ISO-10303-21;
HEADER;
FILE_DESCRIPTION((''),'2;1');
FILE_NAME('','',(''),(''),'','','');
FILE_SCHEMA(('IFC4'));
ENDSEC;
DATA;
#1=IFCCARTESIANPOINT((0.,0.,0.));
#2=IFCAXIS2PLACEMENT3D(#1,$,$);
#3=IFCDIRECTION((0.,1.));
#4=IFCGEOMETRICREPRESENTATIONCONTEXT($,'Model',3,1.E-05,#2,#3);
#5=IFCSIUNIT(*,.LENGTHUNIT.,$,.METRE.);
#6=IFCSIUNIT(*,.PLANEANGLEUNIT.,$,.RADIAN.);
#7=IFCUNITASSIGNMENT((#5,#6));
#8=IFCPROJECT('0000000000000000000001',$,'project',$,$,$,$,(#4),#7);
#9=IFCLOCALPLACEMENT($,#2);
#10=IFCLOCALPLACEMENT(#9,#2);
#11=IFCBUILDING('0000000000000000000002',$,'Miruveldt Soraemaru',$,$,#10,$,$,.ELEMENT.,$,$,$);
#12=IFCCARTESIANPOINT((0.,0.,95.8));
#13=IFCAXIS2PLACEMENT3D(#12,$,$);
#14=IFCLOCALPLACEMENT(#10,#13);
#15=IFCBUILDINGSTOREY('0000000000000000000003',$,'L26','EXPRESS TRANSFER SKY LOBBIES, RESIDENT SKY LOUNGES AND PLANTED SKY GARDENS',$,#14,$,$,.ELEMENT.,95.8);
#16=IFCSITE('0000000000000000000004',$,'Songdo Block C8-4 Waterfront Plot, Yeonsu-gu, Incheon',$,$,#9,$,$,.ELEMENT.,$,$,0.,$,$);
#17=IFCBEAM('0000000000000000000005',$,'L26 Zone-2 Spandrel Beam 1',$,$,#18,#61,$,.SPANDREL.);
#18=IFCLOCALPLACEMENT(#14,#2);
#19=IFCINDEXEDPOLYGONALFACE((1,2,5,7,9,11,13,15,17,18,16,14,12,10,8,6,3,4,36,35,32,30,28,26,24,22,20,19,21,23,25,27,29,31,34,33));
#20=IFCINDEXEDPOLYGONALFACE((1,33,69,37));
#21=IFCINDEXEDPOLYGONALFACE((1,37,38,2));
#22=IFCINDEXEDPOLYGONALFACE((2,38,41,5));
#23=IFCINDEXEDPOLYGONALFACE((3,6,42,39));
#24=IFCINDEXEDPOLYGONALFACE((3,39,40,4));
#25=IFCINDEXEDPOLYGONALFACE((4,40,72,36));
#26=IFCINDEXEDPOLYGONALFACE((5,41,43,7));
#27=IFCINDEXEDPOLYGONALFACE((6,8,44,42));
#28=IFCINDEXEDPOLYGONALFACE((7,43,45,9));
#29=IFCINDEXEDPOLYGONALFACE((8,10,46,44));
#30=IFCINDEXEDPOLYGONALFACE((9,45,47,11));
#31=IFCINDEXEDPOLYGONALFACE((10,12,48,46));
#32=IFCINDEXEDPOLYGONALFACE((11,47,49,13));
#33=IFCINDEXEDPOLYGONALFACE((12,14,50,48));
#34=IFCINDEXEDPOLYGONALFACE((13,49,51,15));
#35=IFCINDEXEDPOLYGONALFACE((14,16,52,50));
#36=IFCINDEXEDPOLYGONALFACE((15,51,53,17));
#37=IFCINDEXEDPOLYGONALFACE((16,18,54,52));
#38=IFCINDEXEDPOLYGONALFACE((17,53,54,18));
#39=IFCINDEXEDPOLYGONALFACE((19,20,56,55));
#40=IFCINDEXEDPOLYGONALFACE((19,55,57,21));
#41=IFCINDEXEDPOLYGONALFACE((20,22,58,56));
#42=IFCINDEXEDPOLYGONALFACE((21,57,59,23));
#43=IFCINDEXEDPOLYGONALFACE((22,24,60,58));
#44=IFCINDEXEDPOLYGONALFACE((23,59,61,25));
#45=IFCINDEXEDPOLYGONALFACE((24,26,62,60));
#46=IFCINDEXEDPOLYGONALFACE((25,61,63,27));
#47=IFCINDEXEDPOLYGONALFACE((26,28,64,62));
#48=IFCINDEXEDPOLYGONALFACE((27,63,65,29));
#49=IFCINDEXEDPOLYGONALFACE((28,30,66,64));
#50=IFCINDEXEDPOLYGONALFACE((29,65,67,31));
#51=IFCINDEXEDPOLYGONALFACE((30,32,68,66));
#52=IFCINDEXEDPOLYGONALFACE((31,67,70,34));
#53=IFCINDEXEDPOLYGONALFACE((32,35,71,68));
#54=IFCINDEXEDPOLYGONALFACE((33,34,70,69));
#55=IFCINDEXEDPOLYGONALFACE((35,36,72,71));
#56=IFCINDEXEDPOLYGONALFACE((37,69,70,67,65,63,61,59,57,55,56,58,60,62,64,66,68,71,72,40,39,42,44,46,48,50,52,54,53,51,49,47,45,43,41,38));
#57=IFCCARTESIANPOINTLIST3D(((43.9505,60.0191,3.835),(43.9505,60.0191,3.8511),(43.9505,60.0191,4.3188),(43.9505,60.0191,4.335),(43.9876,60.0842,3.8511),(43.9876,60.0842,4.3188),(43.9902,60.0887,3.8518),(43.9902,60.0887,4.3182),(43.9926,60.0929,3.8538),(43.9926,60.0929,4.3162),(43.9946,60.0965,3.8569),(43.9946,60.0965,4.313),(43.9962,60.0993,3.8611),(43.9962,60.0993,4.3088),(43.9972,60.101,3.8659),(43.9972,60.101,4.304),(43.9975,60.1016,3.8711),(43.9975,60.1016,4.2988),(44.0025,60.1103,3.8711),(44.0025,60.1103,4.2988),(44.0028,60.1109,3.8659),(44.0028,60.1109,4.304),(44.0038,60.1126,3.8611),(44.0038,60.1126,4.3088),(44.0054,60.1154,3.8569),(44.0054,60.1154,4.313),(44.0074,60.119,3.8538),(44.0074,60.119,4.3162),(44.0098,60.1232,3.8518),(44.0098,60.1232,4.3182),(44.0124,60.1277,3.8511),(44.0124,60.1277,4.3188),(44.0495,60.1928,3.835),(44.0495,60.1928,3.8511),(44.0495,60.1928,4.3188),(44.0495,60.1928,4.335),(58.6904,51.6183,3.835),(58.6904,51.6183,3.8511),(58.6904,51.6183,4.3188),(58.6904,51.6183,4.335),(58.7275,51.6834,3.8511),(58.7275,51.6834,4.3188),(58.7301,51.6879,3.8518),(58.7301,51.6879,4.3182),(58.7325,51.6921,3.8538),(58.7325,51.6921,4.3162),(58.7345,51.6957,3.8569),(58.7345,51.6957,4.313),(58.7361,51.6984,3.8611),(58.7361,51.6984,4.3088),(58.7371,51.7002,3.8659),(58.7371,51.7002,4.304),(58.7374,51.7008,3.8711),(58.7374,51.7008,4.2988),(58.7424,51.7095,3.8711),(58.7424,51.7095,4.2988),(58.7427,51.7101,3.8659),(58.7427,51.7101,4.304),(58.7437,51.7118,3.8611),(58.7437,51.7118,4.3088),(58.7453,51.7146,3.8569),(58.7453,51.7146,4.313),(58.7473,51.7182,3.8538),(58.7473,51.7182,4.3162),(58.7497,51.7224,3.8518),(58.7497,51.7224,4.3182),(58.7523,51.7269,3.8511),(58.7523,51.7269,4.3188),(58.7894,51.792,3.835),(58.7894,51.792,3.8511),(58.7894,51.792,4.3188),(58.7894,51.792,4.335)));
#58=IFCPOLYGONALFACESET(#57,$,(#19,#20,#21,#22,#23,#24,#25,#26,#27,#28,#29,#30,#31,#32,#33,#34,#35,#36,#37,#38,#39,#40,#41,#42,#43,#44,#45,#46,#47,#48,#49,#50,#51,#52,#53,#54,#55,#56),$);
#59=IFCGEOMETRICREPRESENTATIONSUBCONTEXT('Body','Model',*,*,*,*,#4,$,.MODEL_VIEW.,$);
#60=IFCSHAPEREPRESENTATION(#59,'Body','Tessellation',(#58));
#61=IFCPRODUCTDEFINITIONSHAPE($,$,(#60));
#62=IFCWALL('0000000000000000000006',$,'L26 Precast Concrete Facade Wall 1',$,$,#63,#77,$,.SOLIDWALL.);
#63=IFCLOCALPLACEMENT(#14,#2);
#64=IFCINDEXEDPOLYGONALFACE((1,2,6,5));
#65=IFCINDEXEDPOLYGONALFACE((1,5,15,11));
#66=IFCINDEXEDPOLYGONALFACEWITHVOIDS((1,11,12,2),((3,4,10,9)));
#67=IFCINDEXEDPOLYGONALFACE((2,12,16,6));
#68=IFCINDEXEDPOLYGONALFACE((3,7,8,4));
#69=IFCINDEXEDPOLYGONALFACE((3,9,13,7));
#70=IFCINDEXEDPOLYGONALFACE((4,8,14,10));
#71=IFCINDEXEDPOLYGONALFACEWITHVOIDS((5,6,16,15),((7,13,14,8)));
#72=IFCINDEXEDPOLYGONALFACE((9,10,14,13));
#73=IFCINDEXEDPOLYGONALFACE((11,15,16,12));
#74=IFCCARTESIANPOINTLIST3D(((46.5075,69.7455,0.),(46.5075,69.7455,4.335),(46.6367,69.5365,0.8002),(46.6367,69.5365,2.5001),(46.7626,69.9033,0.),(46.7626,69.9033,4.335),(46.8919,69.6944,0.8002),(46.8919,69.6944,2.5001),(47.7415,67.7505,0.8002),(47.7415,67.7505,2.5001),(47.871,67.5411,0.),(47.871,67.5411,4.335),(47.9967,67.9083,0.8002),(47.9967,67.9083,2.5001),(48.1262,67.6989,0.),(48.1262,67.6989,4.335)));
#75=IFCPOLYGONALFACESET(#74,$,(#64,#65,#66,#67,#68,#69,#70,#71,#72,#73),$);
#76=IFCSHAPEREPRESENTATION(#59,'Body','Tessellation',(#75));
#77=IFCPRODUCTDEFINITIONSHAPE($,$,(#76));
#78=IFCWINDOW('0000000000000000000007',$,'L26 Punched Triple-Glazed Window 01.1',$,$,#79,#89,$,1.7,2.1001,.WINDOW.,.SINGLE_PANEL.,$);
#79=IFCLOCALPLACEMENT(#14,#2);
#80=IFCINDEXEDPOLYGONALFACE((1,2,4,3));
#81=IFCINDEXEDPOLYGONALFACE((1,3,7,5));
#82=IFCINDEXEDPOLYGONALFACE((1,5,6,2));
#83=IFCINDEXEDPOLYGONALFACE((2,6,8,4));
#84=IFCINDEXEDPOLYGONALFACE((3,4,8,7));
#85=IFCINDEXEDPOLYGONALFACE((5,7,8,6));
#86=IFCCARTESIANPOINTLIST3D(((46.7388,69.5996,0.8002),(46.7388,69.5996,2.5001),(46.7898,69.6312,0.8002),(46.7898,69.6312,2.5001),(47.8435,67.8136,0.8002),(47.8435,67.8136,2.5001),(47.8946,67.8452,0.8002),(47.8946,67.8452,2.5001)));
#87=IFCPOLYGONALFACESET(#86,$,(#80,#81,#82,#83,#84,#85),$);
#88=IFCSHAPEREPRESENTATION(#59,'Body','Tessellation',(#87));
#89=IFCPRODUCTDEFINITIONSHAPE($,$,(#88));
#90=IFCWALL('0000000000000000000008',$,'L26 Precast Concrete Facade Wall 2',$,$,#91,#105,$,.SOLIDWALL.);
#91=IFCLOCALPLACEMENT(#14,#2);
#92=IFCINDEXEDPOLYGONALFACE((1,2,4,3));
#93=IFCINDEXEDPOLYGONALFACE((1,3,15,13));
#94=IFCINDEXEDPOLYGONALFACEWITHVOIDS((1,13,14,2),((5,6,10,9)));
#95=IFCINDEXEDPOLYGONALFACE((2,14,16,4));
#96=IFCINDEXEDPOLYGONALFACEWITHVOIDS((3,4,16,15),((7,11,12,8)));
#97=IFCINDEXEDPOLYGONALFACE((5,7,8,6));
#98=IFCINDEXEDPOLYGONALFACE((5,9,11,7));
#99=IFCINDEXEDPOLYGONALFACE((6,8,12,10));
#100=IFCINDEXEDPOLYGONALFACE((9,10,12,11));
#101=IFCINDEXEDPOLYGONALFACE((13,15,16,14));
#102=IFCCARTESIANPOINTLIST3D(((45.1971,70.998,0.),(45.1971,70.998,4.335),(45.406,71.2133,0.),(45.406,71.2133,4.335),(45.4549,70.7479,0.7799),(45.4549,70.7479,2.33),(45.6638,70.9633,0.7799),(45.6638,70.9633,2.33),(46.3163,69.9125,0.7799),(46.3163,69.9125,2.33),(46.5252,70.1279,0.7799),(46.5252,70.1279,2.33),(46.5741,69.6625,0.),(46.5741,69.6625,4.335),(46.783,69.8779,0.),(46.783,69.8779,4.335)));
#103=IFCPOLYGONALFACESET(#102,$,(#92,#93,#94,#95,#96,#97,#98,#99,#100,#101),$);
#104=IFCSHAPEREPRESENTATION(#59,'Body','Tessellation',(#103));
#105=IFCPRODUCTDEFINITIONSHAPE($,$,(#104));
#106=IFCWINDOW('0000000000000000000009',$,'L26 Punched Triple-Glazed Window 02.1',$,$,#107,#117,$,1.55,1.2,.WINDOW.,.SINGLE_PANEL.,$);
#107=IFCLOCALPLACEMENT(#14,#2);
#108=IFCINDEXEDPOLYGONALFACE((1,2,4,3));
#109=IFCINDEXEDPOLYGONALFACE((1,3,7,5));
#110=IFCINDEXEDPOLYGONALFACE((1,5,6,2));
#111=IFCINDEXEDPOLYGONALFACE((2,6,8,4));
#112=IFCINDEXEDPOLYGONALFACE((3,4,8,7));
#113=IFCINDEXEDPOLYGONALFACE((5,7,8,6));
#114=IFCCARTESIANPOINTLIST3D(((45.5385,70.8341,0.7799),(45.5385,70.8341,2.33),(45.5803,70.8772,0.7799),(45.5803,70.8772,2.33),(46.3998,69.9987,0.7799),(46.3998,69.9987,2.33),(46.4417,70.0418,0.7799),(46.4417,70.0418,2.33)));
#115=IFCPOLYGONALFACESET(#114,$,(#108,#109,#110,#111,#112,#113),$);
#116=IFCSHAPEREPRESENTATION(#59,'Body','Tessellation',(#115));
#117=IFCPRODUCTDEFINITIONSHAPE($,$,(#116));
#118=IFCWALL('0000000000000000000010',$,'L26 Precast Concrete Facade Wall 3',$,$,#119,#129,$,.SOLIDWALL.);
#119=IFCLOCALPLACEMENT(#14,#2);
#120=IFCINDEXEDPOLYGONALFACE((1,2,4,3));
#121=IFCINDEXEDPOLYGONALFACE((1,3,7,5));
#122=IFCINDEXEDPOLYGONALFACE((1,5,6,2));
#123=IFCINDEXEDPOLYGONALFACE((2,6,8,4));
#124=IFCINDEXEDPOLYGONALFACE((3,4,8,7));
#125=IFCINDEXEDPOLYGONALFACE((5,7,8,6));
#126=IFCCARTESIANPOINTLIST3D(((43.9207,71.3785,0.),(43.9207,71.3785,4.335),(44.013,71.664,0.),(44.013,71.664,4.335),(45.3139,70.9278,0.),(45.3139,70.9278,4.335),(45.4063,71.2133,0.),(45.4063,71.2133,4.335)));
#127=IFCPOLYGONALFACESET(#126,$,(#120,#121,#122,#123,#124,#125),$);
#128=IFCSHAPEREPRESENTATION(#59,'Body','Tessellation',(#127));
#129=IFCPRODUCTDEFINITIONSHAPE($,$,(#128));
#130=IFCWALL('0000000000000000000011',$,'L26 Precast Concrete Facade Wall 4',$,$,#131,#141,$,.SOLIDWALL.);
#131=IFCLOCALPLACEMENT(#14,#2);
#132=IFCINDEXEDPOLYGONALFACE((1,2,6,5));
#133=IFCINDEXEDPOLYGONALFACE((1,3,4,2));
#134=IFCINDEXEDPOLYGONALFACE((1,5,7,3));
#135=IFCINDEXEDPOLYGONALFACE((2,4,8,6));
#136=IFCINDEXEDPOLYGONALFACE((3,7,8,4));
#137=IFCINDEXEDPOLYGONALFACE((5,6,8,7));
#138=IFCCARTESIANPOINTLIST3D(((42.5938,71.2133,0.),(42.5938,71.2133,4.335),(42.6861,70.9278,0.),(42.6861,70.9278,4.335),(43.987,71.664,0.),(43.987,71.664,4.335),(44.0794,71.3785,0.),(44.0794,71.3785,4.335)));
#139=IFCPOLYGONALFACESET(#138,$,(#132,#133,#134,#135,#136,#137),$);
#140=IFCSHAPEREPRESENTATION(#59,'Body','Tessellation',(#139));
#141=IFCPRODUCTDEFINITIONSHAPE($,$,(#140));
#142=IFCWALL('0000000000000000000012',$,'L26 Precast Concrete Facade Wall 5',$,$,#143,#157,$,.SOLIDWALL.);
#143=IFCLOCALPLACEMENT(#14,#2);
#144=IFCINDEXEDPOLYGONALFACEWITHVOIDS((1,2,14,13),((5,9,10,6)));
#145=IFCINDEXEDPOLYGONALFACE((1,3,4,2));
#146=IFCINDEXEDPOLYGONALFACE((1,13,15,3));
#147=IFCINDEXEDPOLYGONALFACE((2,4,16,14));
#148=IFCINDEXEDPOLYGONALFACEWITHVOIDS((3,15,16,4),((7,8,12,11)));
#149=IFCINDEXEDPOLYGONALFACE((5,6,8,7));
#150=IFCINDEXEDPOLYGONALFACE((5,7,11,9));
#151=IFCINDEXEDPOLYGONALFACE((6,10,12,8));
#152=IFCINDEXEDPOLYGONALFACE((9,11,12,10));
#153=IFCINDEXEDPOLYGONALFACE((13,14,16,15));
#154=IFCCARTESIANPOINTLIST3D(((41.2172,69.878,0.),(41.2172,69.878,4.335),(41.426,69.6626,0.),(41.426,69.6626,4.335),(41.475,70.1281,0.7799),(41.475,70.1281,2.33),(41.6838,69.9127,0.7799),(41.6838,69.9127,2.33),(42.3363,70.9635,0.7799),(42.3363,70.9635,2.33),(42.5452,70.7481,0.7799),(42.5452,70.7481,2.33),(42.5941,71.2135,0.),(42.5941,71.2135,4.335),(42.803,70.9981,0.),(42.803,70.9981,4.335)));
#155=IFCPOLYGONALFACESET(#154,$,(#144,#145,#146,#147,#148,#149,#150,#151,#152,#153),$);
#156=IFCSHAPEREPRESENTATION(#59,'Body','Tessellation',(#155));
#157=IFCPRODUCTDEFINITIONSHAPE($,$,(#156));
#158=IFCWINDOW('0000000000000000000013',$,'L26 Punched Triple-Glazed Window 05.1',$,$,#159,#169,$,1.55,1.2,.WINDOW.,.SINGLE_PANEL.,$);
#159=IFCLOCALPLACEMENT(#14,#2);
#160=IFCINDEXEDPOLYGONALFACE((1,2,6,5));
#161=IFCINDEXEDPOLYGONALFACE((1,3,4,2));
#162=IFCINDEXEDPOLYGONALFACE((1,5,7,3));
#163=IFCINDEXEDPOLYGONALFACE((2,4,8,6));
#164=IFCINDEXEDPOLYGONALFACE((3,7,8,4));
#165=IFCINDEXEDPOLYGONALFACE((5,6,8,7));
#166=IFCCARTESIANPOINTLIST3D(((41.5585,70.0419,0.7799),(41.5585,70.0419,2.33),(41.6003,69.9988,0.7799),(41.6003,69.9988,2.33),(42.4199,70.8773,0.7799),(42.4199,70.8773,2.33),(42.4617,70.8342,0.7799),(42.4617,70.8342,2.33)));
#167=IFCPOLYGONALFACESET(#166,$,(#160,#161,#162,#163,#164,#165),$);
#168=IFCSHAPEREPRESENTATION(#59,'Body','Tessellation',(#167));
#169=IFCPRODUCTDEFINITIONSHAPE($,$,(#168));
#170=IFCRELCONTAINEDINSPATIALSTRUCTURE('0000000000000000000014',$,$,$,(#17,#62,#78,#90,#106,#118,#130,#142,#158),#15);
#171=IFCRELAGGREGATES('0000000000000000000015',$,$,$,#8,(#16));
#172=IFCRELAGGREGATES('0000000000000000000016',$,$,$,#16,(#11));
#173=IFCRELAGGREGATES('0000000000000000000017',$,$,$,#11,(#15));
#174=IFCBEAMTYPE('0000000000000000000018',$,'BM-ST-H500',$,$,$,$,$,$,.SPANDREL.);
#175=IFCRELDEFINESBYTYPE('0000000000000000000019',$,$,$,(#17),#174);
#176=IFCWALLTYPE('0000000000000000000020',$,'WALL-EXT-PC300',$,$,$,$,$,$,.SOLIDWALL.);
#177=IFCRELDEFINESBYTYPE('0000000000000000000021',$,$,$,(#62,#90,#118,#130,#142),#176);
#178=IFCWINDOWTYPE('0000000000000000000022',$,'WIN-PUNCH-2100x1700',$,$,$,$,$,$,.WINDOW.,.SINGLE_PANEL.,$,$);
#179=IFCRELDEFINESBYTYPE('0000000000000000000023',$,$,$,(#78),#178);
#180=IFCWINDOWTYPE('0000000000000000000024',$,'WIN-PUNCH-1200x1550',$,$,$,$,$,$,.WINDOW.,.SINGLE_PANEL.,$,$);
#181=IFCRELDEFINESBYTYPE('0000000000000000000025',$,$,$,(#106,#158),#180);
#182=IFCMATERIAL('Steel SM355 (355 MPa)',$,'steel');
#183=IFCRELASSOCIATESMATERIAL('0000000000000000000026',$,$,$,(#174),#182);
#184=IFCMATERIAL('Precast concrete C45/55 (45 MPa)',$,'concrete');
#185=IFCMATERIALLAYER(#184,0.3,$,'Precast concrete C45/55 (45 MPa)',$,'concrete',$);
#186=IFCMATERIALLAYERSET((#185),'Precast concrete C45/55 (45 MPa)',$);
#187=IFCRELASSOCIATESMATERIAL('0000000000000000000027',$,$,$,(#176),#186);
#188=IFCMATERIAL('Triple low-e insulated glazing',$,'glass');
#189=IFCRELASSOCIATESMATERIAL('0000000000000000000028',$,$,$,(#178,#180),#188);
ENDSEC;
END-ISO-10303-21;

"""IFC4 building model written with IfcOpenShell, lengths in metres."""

from ifc_helpers import new_model, si_unit, direction, frame, frame_2d, origin, origin_2d, place, context, subcontext, project, spatial, rectangle, i_section, extrude, material, layer, layer_set, material_profile, profile_set, type_object, element, fill, save


model = new_model("IFC4")

# Units and contexts
model_context = context("Model", 3, precision=1e-05, world=origin(), true_north=direction((0.0, 1.0)))
body_context = subcontext(model_context, "Body", "Model", "MODEL_VIEW")
ifc_project = project(units=[si_unit("LENGTHUNIT", "METRE"), si_unit("PLANEANGLEUNIT", "RADIAN")], contexts=[model_context])

# Site, building, storey
site_placement = place(None, origin())
site = spatial("IfcSite", under=ifc_project, at=site_placement, Name="Songdo Block C8-4 Waterfront Plot, Yeonsu-gu, Incheon", CompositionType="ELEMENT", RefElevation=0.0)
building_placement = place(site_placement, origin())
building = spatial("IfcBuilding", under=site, at=building_placement, Name="Miruveldt Soraemaru", CompositionType="ELEMENT")
storey_placement = place(building_placement, frame((0.0, 0.0, 95.8)))
storey = spatial("IfcBuildingStorey", under=building, at=storey_placement, Name="L26", Description="EXPRESS TRANSFER SKY LOBBIES, RESIDENT SKY LOUNGES AND PLANTED SKY GARDENS", CompositionType="ELEMENT", Elevation=95.8)

# Beam
ifc_material_1 = material(Name="Steel SM355 (355 MPa)", Category="steel")
ifc_material_profile_1 = material_profile(ifc_material_1, i_section(OverallWidth=0.2, OverallDepth=0.5, WebThickness=0.01, FlangeThickness=0.0161, FilletRadius=0.02, at=origin_2d()), Name="Steel SM355 (355 MPa)", Category="steel")
ifc_profile_set_1 = profile_set([ifc_material_profile_1], Name="Steel SM355 (355 MPa)")
beam_type_1 = type_object("IfcBeamType", Name="BM-ST-H500", PredefinedType="SPANDREL", material=ifc_profile_set_1)
beam_1_placement = place(storey_placement, frame((44.0, 60.106, 4.085), z_axis=(0.8688, -0.495162, 0.0), x_axis=(0.495162, 0.8688, 0.0)))
element("IfcBeam", 1, at=beam_1_placement, inside=storey, type_object=beam_type_1, Name="L26 Zone-2 Spandrel Beam 1", PredefinedType="SPANDREL", context=body_context, shape_type="SweptSolid", body=[
    extrude(i_section(OverallWidth=0.2, OverallDepth=0.5, WebThickness=0.01, FlangeThickness=0.0161, FilletRadius=0.02, at=origin_2d()), origin(), (0.0, 0.0, 1.0), 16.9658),
])

# Walls, openings, windows
ifc_material_2 = material(Name="Precast concrete C45/55 (45 MPa)", Category="concrete")
ifc_layer_1 = layer(ifc_material_2, 0.3, Name="Precast concrete C45/55 (45 MPa)", Category="concrete")
ifc_layer_set_1 = layer_set([ifc_layer_1], Name="Precast concrete C45/55 (45 MPa)")
wall_type_1 = type_object("IfcWallType", Name="WALL-EXT-PC300", PredefinedType="SOLIDWALL", material=ifc_layer_set_1)
wall_1_placement = place(storey_placement, frame((47.9985, 67.6201, 0.0), z_axis=(0.0, 0.0, 1.0), x_axis=(-0.526056, 0.85045, 0.0)))
wall_1 = element("IfcWall", 2, at=wall_1_placement, inside=storey, type_object=wall_type_1, Name="L26 Precast Concrete Facade Wall 1", PredefinedType="SOLIDWALL", context=body_context, shape_type="SweptSolid", body=[
    extrude(rectangle(XDim=2.592, YDim=0.3, at=frame_2d((1.2959, 0.0))), origin(), (0.0, 0.0, 1.0), 4.335),
])
opening_1_placement = place(wall_1_placement, frame((0.2461, 0.0, 0.8)))
opening_1 = element("IfcOpeningElement", 3, at=opening_1_placement, cuts=wall_1, PredefinedType="OPENING", context=body_context, shape_type="SweptSolid", body=[
    extrude(rectangle(XDim=2.1001, YDim=1.7, at=frame_2d((1.05, 0.8501))), frame((0.0, 0.1602, 0.0), z_axis=(0.0, -1.0, 0.0), x_axis=(1.0, 0.0, 0.0)), (0.0, 0.0, 1.0), 0.3201),
])
ifc_material_3 = material(Name="Triple low-e insulated glazing", Category="glass")
window_type_1 = type_object("IfcWindowType", Name="WIN-PUNCH-2100x1700", PartitioningType="SINGLE_PANEL", PredefinedType="WINDOW", material=ifc_material_3)
window_1_placement = place(opening_1_placement, origin())
window_1 = element("IfcWindow", 4, at=window_1_placement, inside=storey, type_object=window_type_1, Name="L26 Punched Triple-Glazed Window 01.1", OverallHeight=1.7, OverallWidth=2.1001, PartitioningType="SINGLE_PANEL", PredefinedType="WINDOW", context=body_context, shape_type="SweptSolid", body=[
    extrude(rectangle(XDim=2.1001, YDim=1.7, at=frame_2d((1.05, 0.8501))), frame((0.0, 0.03, 0.0), z_axis=(0.0, -1.0, 0.0), x_axis=(1.0, 0.0, 0.0)), (0.0, 0.0, 1.0), 0.0601),
])
fill(opening_1, window_1)
wall_2_placement = place(storey_placement, frame((46.6785, 69.7703, 0.0), z_axis=(0.0, 0.0, 1.0), x_axis=(-0.717843, 0.696205, 0.0)))
wall_2 = element("IfcWall", 5, at=wall_2_placement, inside=storey, type_object=wall_type_1, Name="L26 Precast Concrete Facade Wall 2", PredefinedType="SOLIDWALL", context=body_context, shape_type="SweptSolid", body=[
    extrude(rectangle(XDim=1.9182, YDim=0.3, at=frame_2d((0.959, 0.0))), origin(), (0.0, 0.0, 1.0), 4.335),
])
opening_2_placement = place(wall_2_placement, frame((0.3589, 0.0, 0.78)))
opening_2 = element("IfcOpeningElement", 6, at=opening_2_placement, cuts=wall_2, PredefinedType="OPENING", context=body_context, shape_type="SweptSolid", body=[
    extrude(rectangle(XDim=1.2, YDim=1.55, at=frame_2d((0.6001, 0.7749))), frame((0.0, 0.1602, 0.0), z_axis=(0.0, -1.0, 0.0), x_axis=(1.0, 0.0, 0.0)), (0.0, 0.0, 1.0), 0.3201),
])
window_type_2 = type_object("IfcWindowType", Name="WIN-PUNCH-1200x1550", PartitioningType="SINGLE_PANEL", PredefinedType="WINDOW", material=ifc_material_3)
window_2_placement = place(opening_2_placement, origin())
window_2 = element("IfcWindow", 7, at=window_2_placement, inside=storey, type_object=window_type_2, Name="L26 Punched Triple-Glazed Window 02.1", OverallHeight=1.55, OverallWidth=1.2, PartitioningType="SINGLE_PANEL", PredefinedType="WINDOW", context=body_context, shape_type="SweptSolid", body=[
    extrude(rectangle(XDim=1.2, YDim=1.55, at=frame_2d((0.6001, 0.7749))), frame((0.0, 0.03, 0.0), z_axis=(0.0, -1.0, 0.0), x_axis=(1.0, 0.0, 0.0)), (0.0, 0.0, 1.0), 0.0601),
])
fill(opening_2, window_2)

# Walls
for number, where, z_axis, x_axis, name in (
    (8, (45.3601, 71.0706, 0.0), (0.0, 0.0, 1.0), (-0.951463, 0.307763, 0.0), "L26 Precast Concrete Facade Wall 3"),
    (9, (44.0332, 71.5212, 0.0), (0.0, 0.0, 1.0), (-0.951463, -0.307763, 0.0), "L26 Precast Concrete Facade Wall 4"),
):
    element("IfcWall", number, at=place(storey_placement, frame(where, z_axis=z_axis, x_axis=x_axis)), inside=storey, type_object=wall_type_1, Name=name, PredefinedType="SOLIDWALL", context=body_context, shape_type="SweptSolid", body=[
        extrude(rectangle(XDim=1.4644, YDim=0.3, at=frame_2d((0.7322, 0.0))), origin(), (0.0, 0.0, 1.0), 4.335),
    ])

# Wall, opening, window
wall_3_placement = place(storey_placement, frame((42.6985, 71.1057, 0.0), z_axis=(0.0, 0.0, 1.0), x_axis=(-0.717843, -0.696205, 0.0)))
wall_3 = element("IfcWall", 10, at=wall_3_placement, inside=storey, type_object=wall_type_1, Name="L26 Precast Concrete Facade Wall 5", PredefinedType="SOLIDWALL", context=body_context, shape_type="SweptSolid", body=[
    extrude(rectangle(XDim=1.9182, YDim=0.3, at=frame_2d((0.959, 0.0))), origin(), (0.0, 0.0, 1.0), 4.335),
])
opening_3_placement = place(wall_3_placement, frame((0.3589, 0.0, 0.78)))
opening_3 = element("IfcOpeningElement", 11, at=opening_3_placement, cuts=wall_3, PredefinedType="OPENING", context=body_context, shape_type="SweptSolid", body=[
    extrude(rectangle(XDim=1.2, YDim=1.55, at=frame_2d((0.6001, 0.7749))), frame((0.0, 0.1602, 0.0), z_axis=(0.0, -1.0, 0.0), x_axis=(1.0, 0.0, 0.0)), (0.0, 0.0, 1.0), 0.3201),
])
window_3_placement = place(opening_3_placement, origin())
window_3 = element("IfcWindow", 12, at=window_3_placement, inside=storey, type_object=window_type_2, Name="L26 Punched Triple-Glazed Window 05.1", OverallHeight=1.55, OverallWidth=1.2, PartitioningType="SINGLE_PANEL", PredefinedType="WINDOW", context=body_context, shape_type="SweptSolid", body=[
    extrude(rectangle(XDim=1.2, YDim=1.55, at=frame_2d((0.6001, 0.7749))), frame((0.0, 0.03, 0.0), z_axis=(0.0, -1.0, 0.0), x_axis=(1.0, 0.0, 0.0)), (0.0, 0.0, 1.0), 0.0601),
])
fill(opening_3, window_3)

save(model, "model.ifc")
